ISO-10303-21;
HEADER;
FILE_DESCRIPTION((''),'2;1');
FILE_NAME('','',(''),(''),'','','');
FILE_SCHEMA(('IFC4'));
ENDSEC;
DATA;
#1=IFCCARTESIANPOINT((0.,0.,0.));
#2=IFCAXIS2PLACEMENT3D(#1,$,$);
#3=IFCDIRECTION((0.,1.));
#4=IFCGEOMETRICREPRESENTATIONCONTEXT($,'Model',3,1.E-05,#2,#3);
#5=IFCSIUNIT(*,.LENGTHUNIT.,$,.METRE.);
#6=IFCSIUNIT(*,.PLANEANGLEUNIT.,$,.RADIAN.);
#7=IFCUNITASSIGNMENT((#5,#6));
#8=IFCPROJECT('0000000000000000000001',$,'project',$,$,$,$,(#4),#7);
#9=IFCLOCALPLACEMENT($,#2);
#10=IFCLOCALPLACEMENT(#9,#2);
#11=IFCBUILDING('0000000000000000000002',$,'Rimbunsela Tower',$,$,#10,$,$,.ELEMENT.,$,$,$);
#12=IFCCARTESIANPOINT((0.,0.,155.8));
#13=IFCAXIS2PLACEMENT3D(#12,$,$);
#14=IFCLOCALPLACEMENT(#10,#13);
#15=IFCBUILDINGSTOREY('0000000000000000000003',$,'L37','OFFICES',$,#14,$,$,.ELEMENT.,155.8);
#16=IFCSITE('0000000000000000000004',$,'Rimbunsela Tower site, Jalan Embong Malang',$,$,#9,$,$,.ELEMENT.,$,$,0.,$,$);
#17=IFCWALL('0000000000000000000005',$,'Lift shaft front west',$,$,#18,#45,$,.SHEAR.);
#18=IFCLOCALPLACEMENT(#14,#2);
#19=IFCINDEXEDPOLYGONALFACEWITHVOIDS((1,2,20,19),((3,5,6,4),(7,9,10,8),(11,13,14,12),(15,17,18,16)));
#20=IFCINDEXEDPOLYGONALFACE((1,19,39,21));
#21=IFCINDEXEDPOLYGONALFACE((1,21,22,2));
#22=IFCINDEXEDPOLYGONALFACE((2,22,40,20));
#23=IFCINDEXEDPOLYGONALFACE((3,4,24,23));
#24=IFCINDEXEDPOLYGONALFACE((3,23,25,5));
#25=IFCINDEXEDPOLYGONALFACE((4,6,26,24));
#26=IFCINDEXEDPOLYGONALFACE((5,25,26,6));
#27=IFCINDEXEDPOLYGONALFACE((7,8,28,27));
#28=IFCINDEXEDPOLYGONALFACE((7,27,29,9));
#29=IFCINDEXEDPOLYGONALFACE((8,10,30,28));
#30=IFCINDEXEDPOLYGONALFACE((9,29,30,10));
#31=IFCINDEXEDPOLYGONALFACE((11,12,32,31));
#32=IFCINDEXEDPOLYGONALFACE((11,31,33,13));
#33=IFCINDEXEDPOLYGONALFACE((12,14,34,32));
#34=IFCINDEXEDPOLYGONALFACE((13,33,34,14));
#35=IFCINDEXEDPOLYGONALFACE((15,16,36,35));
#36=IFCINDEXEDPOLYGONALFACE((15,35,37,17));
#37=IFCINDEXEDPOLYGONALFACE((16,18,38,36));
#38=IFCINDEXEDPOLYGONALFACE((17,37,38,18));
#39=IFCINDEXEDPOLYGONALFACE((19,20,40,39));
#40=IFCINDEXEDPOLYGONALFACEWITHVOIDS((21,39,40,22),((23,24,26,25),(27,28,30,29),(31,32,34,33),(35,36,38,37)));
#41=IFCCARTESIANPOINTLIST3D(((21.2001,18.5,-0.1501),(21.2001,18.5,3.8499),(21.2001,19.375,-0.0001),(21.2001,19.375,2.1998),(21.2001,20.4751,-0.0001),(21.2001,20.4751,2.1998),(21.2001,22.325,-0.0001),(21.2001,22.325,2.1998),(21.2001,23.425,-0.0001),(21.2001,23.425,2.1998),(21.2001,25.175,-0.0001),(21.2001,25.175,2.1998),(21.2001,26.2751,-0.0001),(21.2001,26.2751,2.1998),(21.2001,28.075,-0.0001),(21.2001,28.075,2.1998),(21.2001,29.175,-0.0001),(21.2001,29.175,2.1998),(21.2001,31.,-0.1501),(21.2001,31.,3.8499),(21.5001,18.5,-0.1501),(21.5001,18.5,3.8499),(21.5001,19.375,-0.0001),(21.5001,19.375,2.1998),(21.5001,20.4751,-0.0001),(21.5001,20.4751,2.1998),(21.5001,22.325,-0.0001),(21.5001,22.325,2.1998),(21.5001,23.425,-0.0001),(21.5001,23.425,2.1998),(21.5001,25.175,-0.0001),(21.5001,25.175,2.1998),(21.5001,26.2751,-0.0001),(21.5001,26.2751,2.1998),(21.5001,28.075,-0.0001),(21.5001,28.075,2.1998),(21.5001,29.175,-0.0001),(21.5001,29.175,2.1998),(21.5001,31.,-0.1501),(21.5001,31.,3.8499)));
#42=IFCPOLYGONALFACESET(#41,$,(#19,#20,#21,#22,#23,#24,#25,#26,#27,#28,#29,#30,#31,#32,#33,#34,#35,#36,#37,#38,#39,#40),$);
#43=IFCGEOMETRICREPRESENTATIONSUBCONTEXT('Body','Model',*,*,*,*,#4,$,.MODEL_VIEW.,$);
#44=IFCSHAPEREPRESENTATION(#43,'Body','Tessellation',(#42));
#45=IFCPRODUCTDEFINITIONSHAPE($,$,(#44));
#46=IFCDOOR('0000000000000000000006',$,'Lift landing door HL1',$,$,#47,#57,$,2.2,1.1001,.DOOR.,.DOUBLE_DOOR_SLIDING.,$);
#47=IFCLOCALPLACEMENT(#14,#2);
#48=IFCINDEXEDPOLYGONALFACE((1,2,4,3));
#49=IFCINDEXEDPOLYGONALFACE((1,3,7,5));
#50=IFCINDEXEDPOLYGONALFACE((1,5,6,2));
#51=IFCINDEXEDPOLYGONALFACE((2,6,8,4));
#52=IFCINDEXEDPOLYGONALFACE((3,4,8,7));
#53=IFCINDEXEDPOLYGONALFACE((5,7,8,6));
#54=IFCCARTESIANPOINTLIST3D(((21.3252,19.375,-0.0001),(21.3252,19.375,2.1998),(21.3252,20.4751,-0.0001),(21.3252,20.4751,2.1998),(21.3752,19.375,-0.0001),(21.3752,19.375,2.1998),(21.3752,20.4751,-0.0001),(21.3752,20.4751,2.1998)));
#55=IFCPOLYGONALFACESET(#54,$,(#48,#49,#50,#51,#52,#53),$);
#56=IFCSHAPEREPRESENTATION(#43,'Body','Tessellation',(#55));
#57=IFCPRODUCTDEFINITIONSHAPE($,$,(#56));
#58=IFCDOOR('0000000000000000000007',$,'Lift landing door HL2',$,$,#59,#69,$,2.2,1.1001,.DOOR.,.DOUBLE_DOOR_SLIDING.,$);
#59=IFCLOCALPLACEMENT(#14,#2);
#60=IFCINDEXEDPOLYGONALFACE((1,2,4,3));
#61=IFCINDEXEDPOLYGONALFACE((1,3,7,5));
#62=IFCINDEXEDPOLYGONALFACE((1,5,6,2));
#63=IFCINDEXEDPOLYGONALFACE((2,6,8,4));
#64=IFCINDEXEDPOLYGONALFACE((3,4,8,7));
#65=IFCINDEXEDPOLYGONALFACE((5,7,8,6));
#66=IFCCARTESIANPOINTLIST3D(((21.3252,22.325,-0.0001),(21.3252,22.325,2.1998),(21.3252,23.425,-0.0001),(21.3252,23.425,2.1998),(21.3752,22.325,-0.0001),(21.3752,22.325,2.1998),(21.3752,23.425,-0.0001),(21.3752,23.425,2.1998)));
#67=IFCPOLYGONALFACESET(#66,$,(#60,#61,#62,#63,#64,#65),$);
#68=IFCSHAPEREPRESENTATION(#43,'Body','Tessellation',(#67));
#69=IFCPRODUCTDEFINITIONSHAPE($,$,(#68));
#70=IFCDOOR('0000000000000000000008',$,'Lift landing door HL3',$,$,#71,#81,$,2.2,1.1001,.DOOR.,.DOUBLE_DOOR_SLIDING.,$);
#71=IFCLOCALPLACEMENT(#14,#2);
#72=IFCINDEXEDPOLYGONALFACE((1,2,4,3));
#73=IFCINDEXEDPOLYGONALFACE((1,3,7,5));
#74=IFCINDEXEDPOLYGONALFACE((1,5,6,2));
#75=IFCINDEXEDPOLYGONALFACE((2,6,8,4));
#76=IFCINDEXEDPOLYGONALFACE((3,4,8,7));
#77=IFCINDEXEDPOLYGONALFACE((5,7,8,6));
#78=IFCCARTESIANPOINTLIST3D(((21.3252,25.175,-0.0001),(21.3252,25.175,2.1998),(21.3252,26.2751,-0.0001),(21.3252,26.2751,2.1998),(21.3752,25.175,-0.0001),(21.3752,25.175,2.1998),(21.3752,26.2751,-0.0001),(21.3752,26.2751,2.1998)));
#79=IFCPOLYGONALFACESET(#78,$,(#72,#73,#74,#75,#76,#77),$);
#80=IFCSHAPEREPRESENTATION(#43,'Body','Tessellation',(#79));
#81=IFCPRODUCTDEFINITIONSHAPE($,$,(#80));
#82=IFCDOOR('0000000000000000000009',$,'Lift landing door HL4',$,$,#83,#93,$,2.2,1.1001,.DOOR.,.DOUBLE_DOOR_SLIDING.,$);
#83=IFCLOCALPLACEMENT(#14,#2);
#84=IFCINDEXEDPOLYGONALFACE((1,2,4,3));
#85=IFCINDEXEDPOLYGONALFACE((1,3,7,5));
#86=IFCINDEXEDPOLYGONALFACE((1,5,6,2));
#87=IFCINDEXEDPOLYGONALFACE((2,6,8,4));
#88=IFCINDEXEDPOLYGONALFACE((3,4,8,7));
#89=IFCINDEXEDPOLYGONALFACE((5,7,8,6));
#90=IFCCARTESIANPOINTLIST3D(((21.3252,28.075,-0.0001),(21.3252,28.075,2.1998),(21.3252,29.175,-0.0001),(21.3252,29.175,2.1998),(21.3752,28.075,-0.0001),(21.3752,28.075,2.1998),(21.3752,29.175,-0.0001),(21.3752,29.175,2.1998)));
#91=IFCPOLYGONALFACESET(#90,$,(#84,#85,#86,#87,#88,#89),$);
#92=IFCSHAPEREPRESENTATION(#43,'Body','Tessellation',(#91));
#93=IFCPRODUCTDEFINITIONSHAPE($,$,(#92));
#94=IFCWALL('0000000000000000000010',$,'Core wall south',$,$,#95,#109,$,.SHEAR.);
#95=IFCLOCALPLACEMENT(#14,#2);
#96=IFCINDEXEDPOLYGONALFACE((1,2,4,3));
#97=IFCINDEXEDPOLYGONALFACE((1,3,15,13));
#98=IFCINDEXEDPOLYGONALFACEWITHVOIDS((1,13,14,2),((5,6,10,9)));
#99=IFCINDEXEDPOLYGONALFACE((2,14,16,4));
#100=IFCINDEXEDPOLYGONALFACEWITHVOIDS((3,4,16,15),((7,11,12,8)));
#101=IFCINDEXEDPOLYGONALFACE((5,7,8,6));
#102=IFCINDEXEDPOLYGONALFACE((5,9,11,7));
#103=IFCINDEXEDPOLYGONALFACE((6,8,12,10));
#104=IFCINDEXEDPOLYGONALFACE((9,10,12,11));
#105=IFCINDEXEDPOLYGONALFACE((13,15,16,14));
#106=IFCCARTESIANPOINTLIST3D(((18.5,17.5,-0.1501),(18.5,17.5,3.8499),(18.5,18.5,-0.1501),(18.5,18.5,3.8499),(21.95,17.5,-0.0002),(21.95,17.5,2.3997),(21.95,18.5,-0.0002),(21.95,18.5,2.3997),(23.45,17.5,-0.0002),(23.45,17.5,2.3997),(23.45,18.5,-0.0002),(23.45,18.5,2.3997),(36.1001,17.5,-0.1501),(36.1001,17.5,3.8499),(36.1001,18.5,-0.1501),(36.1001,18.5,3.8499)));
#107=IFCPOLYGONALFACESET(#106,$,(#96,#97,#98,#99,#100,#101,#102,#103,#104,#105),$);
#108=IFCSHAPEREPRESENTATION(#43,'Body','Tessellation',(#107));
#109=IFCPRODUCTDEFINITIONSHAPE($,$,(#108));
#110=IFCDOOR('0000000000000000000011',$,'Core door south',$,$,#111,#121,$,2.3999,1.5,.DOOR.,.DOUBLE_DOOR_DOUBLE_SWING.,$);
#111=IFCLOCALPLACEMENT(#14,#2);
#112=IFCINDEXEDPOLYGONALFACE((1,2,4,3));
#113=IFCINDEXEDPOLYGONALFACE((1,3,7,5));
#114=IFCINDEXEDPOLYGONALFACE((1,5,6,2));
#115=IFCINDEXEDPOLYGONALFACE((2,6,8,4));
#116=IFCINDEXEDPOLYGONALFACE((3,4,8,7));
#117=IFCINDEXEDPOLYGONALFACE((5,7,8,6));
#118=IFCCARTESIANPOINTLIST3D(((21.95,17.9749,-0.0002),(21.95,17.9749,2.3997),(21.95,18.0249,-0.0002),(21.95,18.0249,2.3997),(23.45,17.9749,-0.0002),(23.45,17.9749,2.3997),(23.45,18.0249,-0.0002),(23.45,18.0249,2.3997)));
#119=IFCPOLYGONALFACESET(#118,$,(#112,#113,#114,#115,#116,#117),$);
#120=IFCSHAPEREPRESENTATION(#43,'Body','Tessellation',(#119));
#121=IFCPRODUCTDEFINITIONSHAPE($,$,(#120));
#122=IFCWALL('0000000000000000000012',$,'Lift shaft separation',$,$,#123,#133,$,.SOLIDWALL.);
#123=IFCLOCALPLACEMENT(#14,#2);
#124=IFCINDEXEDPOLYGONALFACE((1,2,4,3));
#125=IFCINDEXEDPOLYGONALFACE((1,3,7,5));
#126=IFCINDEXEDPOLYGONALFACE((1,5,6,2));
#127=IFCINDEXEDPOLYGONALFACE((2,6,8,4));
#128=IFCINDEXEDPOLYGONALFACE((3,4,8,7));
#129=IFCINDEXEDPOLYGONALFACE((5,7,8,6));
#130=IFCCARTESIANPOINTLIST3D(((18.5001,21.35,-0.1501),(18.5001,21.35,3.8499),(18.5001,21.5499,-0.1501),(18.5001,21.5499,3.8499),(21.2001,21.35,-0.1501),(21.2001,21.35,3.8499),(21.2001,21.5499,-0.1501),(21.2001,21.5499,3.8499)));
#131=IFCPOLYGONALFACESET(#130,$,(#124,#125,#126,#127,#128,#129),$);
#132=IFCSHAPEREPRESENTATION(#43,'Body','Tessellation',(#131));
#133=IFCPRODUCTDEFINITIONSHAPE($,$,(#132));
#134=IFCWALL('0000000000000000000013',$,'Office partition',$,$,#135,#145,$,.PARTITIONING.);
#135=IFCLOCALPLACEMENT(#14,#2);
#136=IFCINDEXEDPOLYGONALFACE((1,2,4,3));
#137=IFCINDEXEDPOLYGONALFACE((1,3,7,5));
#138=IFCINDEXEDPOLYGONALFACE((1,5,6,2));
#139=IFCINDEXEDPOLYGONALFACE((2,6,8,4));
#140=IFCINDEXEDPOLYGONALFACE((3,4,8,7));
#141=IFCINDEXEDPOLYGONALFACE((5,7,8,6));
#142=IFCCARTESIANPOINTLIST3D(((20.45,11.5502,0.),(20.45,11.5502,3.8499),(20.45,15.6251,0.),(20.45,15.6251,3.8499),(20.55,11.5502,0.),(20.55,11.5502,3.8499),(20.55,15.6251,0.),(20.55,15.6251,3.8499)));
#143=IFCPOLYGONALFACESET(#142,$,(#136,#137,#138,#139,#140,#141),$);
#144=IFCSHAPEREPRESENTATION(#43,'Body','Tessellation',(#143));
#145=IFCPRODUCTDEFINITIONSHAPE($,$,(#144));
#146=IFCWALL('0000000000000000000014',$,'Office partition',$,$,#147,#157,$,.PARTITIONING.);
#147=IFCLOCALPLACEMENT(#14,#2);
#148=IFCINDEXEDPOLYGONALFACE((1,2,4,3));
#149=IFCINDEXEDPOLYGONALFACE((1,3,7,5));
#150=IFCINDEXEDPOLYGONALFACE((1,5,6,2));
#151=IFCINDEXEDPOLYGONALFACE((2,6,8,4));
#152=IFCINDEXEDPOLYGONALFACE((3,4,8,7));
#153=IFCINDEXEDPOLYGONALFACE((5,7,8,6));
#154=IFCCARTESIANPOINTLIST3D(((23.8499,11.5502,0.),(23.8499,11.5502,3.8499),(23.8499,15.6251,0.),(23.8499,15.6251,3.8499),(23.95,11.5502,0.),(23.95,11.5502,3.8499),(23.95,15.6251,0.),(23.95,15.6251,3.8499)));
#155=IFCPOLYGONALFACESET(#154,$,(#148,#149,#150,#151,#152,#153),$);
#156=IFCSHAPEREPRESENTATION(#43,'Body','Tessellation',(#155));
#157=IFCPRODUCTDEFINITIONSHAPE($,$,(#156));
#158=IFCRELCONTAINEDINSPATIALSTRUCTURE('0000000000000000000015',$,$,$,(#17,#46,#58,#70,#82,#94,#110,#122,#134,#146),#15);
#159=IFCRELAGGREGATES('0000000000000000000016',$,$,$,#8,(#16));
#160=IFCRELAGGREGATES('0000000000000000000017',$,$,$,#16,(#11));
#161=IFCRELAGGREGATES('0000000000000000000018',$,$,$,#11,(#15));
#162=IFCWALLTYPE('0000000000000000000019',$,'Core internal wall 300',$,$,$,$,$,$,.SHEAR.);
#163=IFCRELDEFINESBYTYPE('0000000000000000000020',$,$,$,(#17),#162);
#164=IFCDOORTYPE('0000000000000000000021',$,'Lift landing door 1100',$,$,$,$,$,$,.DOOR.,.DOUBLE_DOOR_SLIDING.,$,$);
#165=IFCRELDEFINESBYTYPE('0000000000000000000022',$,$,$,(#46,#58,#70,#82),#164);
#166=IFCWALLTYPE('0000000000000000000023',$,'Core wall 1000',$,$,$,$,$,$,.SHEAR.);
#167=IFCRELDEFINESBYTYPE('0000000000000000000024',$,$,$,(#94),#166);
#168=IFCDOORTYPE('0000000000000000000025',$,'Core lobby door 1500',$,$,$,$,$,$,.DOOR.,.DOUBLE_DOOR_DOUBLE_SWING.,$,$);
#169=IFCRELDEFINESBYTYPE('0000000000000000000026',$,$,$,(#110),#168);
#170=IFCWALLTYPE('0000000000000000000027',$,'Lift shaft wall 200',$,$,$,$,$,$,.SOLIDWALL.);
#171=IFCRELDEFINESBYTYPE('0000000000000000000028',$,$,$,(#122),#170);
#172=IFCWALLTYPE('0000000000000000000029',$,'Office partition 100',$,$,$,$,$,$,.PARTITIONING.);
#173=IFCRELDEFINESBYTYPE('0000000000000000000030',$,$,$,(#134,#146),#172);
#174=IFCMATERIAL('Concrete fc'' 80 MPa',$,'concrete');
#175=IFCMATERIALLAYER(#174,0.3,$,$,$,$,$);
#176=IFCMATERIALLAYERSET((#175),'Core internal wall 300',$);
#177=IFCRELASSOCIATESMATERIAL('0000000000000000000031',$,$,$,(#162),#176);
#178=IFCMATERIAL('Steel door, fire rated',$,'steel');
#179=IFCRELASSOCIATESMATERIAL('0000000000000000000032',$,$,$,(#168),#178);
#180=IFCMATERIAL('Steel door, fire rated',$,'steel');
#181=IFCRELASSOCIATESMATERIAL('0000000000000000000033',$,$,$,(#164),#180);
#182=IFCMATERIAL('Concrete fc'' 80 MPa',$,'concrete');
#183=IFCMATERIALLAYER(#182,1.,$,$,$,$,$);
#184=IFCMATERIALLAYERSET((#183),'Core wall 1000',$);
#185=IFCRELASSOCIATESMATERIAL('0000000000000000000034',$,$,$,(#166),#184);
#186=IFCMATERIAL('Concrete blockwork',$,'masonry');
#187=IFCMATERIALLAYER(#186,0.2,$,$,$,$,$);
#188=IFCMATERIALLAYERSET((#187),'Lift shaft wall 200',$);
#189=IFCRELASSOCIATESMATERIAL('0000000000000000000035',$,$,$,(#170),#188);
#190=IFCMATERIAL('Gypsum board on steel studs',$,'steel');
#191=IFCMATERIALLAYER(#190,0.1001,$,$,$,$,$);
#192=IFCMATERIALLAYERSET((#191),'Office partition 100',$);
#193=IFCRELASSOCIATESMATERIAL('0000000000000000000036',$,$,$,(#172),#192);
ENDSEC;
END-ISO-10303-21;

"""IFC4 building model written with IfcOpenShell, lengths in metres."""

from ifc_helpers import new_model, si_unit, direction, frame, frame_2d, origin, place, context, subcontext, project, spatial, rectangle, extrude, material, layer, layer_set, type_object, element, fill, save


model = new_model("IFC4")

# Units and contexts
model_context = context("Model", 3, precision=1e-05, world=origin(), true_north=direction((0.0, 1.0)))
body_context = subcontext(model_context, "Body", "Model", "MODEL_VIEW")
ifc_project = project(units=[si_unit("LENGTHUNIT", "METRE"), si_unit("PLANEANGLEUNIT", "RADIAN")], contexts=[model_context])

# Site, building, storey
site_placement = place(None, origin())
site = spatial("IfcSite", under=ifc_project, at=site_placement, Name="Rimbunsela Tower site, Jalan Embong Malang", CompositionType="ELEMENT", RefElevation=0.0)
building_placement = place(site_placement, origin())
building = spatial("IfcBuilding", under=site, at=building_placement, Name="Rimbunsela Tower", CompositionType="ELEMENT")
storey_placement = place(building_placement, frame((0.0, 0.0, 155.8)))
storey = spatial("IfcBuildingStorey", under=building, at=storey_placement, Name="L37", Description="OFFICES", CompositionType="ELEMENT", Elevation=155.8)

# Shared definitions
ifc_material_1 = material(Name="Concrete fc' 80 MPa", Category="concrete")
ifc_layer_1 = layer(ifc_material_1, 0.3)
ifc_layer_set_1 = layer_set([ifc_layer_1], Name="Core internal wall 300")
wall_type_1 = type_object("IfcWallType", Name="Core internal wall 300", PredefinedType="SHEAR", material=ifc_layer_set_1)
ifc_material_2 = material(Name="Steel door, fire rated", Category="steel")
door_type_1 = type_object("IfcDoorType", Name="Core lobby door 1500", OperationType="DOUBLE_DOOR_DOUBLE_SWING", PredefinedType="DOOR", material=ifc_material_2)

# Wall, openings, doors
wall_1_placement = place(storey_placement, frame((21.3501, 18.5, -0.1501), z_axis=(0.0, 0.0, 1.0), x_axis=(0.0, 1.0, 0.0)))
wall_1 = element("IfcWall", 1, at=wall_1_placement, inside=storey, type_object=wall_type_1, Name="Lift shaft front west", PredefinedType="SHEAR", context=body_context, shape_type="SweptSolid", body=[
    extrude(rectangle(XDim=12.5, YDim=0.3, at=frame_2d((6.25, 0.0))), origin(), (0.0, 0.0, 1.0), 4.0),
])
opening_1_placement = place(wall_1_placement, frame((0.875, 0.0, 0.1499)))
opening_1 = element("IfcOpeningElement", 2, at=opening_1_placement, cuts=wall_1, PredefinedType="OPENING", context=body_context, shape_type="SweptSolid", body=[
    extrude(rectangle(XDim=1.1001, YDim=2.2, at=frame_2d((0.55, 1.1001))), frame((0.0, 0.1599, 0.0), z_axis=(0.0, -1.0, 0.0), x_axis=(1.0, 0.0, 0.0)), (0.0, 0.0, 1.0), 0.3201),
])
opening_2_placement = place(wall_1_placement, frame((3.825, 0.0, 0.1499)))
opening_2 = element("IfcOpeningElement", 3, at=opening_2_placement, cuts=wall_1, PredefinedType="OPENING", context=body_context, shape_type="SweptSolid", body=[
    extrude(rectangle(XDim=1.1001, YDim=2.2, at=frame_2d((0.55, 1.1001))), frame((0.0, 0.1599, 0.0), z_axis=(0.0, -1.0, 0.0), x_axis=(1.0, 0.0, 0.0)), (0.0, 0.0, 1.0), 0.3201),
])
opening_3_placement = place(wall_1_placement, frame((6.675, 0.0, 0.1499)))
opening_3 = element("IfcOpeningElement", 4, at=opening_3_placement, cuts=wall_1, PredefinedType="OPENING", context=body_context, shape_type="SweptSolid", body=[
    extrude(rectangle(XDim=1.1001, YDim=2.2, at=frame_2d((0.55, 1.1001))), frame((0.0, 0.1599, 0.0), z_axis=(0.0, -1.0, 0.0), x_axis=(1.0, 0.0, 0.0)), (0.0, 0.0, 1.0), 0.3201),
])
opening_4_placement = place(wall_1_placement, frame((9.575, 0.0, 0.1499)))
opening_4 = element("IfcOpeningElement", 5, at=opening_4_placement, cuts=wall_1, PredefinedType="OPENING", context=body_context, shape_type="SweptSolid", body=[
    extrude(rectangle(XDim=1.1001, YDim=2.2, at=frame_2d((0.55, 1.1001))), frame((0.0, 0.1599, 0.0), z_axis=(0.0, -1.0, 0.0), x_axis=(1.0, 0.0, 0.0)), (0.0, 0.0, 1.0), 0.3201),
])
ifc_material_3 = material(Name="Steel door, fire rated", Category="steel")
door_type_2 = type_object("IfcDoorType", Name="Lift landing door 1100", OperationType="DOUBLE_DOOR_SLIDING", PredefinedType="DOOR", material=ifc_material_3)
door_1_placement = place(opening_1_placement, origin())
door_1 = element("IfcDoor", 6, at=door_1_placement, inside=storey, type_object=door_type_2, Name="Lift landing door HL1", OperationType="DOUBLE_DOOR_SLIDING", OverallHeight=2.2, OverallWidth=1.1001, PredefinedType="DOOR", context=body_context, shape_type="SweptSolid", body=[
    extrude(rectangle(XDim=1.1001, YDim=2.2, at=frame_2d((0.55, 1.1001))), frame((0.0, 0.0249, 0.0), z_axis=(0.0, -1.0, 0.0), x_axis=(1.0, 0.0, 0.0)), (0.0, 0.0, 1.0), 0.05),
])
fill(opening_1, door_1)
door_2_placement = place(opening_2_placement, origin())
door_2 = element("IfcDoor", 7, at=door_2_placement, inside=storey, type_object=door_type_2, Name="Lift landing door HL2", OperationType="DOUBLE_DOOR_SLIDING", OverallHeight=2.2, OverallWidth=1.1001, PredefinedType="DOOR", context=body_context, shape_type="SweptSolid", body=[
    extrude(rectangle(XDim=1.1001, YDim=2.2, at=frame_2d((0.55, 1.1001))), frame((0.0, 0.0249, 0.0), z_axis=(0.0, -1.0, 0.0), x_axis=(1.0, 0.0, 0.0)), (0.0, 0.0, 1.0), 0.05),
])
fill(opening_2, door_2)
door_3_placement = place(opening_3_placement, origin())
door_3 = element("IfcDoor", 8, at=door_3_placement, inside=storey, type_object=door_type_2, Name="Lift landing door HL3", OperationType="DOUBLE_DOOR_SLIDING", OverallHeight=2.2, OverallWidth=1.1001, PredefinedType="DOOR", context=body_context, shape_type="SweptSolid", body=[
    extrude(rectangle(XDim=1.1001, YDim=2.2, at=frame_2d((0.55, 1.1001))), frame((0.0, 0.0249, 0.0), z_axis=(0.0, -1.0, 0.0), x_axis=(1.0, 0.0, 0.0)), (0.0, 0.0, 1.0), 0.05),
])
fill(opening_3, door_3)
door_4_placement = place(opening_4_placement, origin())
door_4 = element("IfcDoor", 9, at=door_4_placement, inside=storey, type_object=door_type_2, Name="Lift landing door HL4", OperationType="DOUBLE_DOOR_SLIDING", OverallHeight=2.2, OverallWidth=1.1001, PredefinedType="DOOR", context=body_context, shape_type="SweptSolid", body=[
    extrude(rectangle(XDim=1.1001, YDim=2.2, at=frame_2d((0.55, 1.1001))), frame((0.0, 0.0249, 0.0), z_axis=(0.0, -1.0, 0.0), x_axis=(1.0, 0.0, 0.0)), (0.0, 0.0, 1.0), 0.05),
])
fill(opening_4, door_4)

# Wall, opening, door
ifc_material_4 = material(Name="Concrete fc' 80 MPa", Category="concrete")
ifc_layer_2 = layer(ifc_material_4, 1.0)
ifc_layer_set_2 = layer_set([ifc_layer_2], Name="Core wall 1000")
wall_type_2 = type_object("IfcWallType", Name="Core wall 1000", PredefinedType="SHEAR", material=ifc_layer_set_2)
wall_2_placement = place(storey_placement, frame((18.5, 18.0, -0.1501), z_axis=(0.0, 0.0, 1.0), x_axis=(1.0, 0.0, 0.0)))
wall_2 = element("IfcWall", 10, at=wall_2_placement, inside=storey, type_object=wall_type_2, Name="Core wall south", PredefinedType="SHEAR", context=body_context, shape_type="SweptSolid", body=[
    extrude(rectangle(XDim=17.6001, YDim=1.0, at=frame_2d((8.8, 0.0))), origin(), (0.0, 0.0, 1.0), 4.0),
])
opening_5_placement = place(wall_2_placement, frame((3.45, 0.0, 0.1499)))
opening_5 = element("IfcOpeningElement", 11, at=opening_5_placement, cuts=wall_2, PredefinedType="OPENING", context=body_context, shape_type="SweptSolid", body=[
    extrude(rectangle(XDim=1.5, YDim=2.3999, at=frame_2d((0.75, 1.2))), frame((0.0, 0.51, 0.0), z_axis=(0.0, -1.0, 0.0), x_axis=(1.0, 0.0, 0.0)), (0.0, 0.0, 1.0), 1.02),
])
door_5_placement = place(opening_5_placement, origin())
door_5 = element("IfcDoor", 12, at=door_5_placement, inside=storey, type_object=door_type_1, Name="Core door south", OperationType="DOUBLE_DOOR_DOUBLE_SWING", OverallHeight=2.3999, OverallWidth=1.5, PredefinedType="DOOR", context=body_context, shape_type="SweptSolid", body=[
    extrude(rectangle(XDim=1.5, YDim=2.3999, at=frame_2d((0.75, 1.2))), frame((0.0, 0.0249, 0.0), z_axis=(0.0, -1.0, 0.0), x_axis=(1.0, 0.0, 0.0)), (0.0, 0.0, 1.0), 0.05),
])
fill(opening_5, door_5)

# Walls
ifc_material_5 = material(Name="Concrete blockwork", Category="masonry")
ifc_layer_3 = layer(ifc_material_5, 0.2)
ifc_layer_set_3 = layer_set([ifc_layer_3], Name="Lift shaft wall 200")
wall_type_3 = type_object("IfcWallType", Name="Lift shaft wall 200", PredefinedType="SOLIDWALL", material=ifc_layer_set_3)
wall_3_placement = place(storey_placement, frame((18.5, 21.45, -0.1501), z_axis=(0.0, 0.0, 1.0), x_axis=(1.0, 0.0, 0.0)))
element("IfcWall", 13, at=wall_3_placement, inside=storey, type_object=wall_type_3, Name="Lift shaft separation", PredefinedType="SOLIDWALL", context=body_context, shape_type="SweptSolid", body=[
    extrude(rectangle(XDim=2.7, YDim=0.2, at=frame_2d((1.3501, 0.0))), origin(), (0.0, 0.0, 1.0), 4.0),
])
ifc_material_6 = material(Name="Gypsum board on steel studs", Category="steel")
ifc_layer_4 = layer(ifc_material_6, 0.1001)
ifc_layer_set_4 = layer_set([ifc_layer_4], Name="Office partition 100")
wall_type_4 = type_object("IfcWallType", Name="Office partition 100", PredefinedType="PARTITIONING", material=ifc_layer_set_4)
for number, where, z_axis, x_axis, name in (
    (14, (20.5, 11.55, 0.0), (0.0, 0.0, 1.0), (0.0, 1.0, 0.0), "Office partition"),
    (15, (23.8999, 11.55, 0.0), (0.0, 0.0, 1.0), (0.0, 1.0, 0.0), "Office partition"),
):
    element("IfcWall", number, at=place(storey_placement, frame(where, z_axis=z_axis, x_axis=x_axis)), inside=storey, type_object=wall_type_4, Name=name, PredefinedType="PARTITIONING", context=body_context, shape_type="SweptSolid", body=[
        extrude(rectangle(XDim=4.075, YDim=0.1001, at=frame_2d((2.0376, 0.0))), origin(), (0.0, 0.0, 1.0), 3.8499),
    ])

save(model, "model.ifc")
